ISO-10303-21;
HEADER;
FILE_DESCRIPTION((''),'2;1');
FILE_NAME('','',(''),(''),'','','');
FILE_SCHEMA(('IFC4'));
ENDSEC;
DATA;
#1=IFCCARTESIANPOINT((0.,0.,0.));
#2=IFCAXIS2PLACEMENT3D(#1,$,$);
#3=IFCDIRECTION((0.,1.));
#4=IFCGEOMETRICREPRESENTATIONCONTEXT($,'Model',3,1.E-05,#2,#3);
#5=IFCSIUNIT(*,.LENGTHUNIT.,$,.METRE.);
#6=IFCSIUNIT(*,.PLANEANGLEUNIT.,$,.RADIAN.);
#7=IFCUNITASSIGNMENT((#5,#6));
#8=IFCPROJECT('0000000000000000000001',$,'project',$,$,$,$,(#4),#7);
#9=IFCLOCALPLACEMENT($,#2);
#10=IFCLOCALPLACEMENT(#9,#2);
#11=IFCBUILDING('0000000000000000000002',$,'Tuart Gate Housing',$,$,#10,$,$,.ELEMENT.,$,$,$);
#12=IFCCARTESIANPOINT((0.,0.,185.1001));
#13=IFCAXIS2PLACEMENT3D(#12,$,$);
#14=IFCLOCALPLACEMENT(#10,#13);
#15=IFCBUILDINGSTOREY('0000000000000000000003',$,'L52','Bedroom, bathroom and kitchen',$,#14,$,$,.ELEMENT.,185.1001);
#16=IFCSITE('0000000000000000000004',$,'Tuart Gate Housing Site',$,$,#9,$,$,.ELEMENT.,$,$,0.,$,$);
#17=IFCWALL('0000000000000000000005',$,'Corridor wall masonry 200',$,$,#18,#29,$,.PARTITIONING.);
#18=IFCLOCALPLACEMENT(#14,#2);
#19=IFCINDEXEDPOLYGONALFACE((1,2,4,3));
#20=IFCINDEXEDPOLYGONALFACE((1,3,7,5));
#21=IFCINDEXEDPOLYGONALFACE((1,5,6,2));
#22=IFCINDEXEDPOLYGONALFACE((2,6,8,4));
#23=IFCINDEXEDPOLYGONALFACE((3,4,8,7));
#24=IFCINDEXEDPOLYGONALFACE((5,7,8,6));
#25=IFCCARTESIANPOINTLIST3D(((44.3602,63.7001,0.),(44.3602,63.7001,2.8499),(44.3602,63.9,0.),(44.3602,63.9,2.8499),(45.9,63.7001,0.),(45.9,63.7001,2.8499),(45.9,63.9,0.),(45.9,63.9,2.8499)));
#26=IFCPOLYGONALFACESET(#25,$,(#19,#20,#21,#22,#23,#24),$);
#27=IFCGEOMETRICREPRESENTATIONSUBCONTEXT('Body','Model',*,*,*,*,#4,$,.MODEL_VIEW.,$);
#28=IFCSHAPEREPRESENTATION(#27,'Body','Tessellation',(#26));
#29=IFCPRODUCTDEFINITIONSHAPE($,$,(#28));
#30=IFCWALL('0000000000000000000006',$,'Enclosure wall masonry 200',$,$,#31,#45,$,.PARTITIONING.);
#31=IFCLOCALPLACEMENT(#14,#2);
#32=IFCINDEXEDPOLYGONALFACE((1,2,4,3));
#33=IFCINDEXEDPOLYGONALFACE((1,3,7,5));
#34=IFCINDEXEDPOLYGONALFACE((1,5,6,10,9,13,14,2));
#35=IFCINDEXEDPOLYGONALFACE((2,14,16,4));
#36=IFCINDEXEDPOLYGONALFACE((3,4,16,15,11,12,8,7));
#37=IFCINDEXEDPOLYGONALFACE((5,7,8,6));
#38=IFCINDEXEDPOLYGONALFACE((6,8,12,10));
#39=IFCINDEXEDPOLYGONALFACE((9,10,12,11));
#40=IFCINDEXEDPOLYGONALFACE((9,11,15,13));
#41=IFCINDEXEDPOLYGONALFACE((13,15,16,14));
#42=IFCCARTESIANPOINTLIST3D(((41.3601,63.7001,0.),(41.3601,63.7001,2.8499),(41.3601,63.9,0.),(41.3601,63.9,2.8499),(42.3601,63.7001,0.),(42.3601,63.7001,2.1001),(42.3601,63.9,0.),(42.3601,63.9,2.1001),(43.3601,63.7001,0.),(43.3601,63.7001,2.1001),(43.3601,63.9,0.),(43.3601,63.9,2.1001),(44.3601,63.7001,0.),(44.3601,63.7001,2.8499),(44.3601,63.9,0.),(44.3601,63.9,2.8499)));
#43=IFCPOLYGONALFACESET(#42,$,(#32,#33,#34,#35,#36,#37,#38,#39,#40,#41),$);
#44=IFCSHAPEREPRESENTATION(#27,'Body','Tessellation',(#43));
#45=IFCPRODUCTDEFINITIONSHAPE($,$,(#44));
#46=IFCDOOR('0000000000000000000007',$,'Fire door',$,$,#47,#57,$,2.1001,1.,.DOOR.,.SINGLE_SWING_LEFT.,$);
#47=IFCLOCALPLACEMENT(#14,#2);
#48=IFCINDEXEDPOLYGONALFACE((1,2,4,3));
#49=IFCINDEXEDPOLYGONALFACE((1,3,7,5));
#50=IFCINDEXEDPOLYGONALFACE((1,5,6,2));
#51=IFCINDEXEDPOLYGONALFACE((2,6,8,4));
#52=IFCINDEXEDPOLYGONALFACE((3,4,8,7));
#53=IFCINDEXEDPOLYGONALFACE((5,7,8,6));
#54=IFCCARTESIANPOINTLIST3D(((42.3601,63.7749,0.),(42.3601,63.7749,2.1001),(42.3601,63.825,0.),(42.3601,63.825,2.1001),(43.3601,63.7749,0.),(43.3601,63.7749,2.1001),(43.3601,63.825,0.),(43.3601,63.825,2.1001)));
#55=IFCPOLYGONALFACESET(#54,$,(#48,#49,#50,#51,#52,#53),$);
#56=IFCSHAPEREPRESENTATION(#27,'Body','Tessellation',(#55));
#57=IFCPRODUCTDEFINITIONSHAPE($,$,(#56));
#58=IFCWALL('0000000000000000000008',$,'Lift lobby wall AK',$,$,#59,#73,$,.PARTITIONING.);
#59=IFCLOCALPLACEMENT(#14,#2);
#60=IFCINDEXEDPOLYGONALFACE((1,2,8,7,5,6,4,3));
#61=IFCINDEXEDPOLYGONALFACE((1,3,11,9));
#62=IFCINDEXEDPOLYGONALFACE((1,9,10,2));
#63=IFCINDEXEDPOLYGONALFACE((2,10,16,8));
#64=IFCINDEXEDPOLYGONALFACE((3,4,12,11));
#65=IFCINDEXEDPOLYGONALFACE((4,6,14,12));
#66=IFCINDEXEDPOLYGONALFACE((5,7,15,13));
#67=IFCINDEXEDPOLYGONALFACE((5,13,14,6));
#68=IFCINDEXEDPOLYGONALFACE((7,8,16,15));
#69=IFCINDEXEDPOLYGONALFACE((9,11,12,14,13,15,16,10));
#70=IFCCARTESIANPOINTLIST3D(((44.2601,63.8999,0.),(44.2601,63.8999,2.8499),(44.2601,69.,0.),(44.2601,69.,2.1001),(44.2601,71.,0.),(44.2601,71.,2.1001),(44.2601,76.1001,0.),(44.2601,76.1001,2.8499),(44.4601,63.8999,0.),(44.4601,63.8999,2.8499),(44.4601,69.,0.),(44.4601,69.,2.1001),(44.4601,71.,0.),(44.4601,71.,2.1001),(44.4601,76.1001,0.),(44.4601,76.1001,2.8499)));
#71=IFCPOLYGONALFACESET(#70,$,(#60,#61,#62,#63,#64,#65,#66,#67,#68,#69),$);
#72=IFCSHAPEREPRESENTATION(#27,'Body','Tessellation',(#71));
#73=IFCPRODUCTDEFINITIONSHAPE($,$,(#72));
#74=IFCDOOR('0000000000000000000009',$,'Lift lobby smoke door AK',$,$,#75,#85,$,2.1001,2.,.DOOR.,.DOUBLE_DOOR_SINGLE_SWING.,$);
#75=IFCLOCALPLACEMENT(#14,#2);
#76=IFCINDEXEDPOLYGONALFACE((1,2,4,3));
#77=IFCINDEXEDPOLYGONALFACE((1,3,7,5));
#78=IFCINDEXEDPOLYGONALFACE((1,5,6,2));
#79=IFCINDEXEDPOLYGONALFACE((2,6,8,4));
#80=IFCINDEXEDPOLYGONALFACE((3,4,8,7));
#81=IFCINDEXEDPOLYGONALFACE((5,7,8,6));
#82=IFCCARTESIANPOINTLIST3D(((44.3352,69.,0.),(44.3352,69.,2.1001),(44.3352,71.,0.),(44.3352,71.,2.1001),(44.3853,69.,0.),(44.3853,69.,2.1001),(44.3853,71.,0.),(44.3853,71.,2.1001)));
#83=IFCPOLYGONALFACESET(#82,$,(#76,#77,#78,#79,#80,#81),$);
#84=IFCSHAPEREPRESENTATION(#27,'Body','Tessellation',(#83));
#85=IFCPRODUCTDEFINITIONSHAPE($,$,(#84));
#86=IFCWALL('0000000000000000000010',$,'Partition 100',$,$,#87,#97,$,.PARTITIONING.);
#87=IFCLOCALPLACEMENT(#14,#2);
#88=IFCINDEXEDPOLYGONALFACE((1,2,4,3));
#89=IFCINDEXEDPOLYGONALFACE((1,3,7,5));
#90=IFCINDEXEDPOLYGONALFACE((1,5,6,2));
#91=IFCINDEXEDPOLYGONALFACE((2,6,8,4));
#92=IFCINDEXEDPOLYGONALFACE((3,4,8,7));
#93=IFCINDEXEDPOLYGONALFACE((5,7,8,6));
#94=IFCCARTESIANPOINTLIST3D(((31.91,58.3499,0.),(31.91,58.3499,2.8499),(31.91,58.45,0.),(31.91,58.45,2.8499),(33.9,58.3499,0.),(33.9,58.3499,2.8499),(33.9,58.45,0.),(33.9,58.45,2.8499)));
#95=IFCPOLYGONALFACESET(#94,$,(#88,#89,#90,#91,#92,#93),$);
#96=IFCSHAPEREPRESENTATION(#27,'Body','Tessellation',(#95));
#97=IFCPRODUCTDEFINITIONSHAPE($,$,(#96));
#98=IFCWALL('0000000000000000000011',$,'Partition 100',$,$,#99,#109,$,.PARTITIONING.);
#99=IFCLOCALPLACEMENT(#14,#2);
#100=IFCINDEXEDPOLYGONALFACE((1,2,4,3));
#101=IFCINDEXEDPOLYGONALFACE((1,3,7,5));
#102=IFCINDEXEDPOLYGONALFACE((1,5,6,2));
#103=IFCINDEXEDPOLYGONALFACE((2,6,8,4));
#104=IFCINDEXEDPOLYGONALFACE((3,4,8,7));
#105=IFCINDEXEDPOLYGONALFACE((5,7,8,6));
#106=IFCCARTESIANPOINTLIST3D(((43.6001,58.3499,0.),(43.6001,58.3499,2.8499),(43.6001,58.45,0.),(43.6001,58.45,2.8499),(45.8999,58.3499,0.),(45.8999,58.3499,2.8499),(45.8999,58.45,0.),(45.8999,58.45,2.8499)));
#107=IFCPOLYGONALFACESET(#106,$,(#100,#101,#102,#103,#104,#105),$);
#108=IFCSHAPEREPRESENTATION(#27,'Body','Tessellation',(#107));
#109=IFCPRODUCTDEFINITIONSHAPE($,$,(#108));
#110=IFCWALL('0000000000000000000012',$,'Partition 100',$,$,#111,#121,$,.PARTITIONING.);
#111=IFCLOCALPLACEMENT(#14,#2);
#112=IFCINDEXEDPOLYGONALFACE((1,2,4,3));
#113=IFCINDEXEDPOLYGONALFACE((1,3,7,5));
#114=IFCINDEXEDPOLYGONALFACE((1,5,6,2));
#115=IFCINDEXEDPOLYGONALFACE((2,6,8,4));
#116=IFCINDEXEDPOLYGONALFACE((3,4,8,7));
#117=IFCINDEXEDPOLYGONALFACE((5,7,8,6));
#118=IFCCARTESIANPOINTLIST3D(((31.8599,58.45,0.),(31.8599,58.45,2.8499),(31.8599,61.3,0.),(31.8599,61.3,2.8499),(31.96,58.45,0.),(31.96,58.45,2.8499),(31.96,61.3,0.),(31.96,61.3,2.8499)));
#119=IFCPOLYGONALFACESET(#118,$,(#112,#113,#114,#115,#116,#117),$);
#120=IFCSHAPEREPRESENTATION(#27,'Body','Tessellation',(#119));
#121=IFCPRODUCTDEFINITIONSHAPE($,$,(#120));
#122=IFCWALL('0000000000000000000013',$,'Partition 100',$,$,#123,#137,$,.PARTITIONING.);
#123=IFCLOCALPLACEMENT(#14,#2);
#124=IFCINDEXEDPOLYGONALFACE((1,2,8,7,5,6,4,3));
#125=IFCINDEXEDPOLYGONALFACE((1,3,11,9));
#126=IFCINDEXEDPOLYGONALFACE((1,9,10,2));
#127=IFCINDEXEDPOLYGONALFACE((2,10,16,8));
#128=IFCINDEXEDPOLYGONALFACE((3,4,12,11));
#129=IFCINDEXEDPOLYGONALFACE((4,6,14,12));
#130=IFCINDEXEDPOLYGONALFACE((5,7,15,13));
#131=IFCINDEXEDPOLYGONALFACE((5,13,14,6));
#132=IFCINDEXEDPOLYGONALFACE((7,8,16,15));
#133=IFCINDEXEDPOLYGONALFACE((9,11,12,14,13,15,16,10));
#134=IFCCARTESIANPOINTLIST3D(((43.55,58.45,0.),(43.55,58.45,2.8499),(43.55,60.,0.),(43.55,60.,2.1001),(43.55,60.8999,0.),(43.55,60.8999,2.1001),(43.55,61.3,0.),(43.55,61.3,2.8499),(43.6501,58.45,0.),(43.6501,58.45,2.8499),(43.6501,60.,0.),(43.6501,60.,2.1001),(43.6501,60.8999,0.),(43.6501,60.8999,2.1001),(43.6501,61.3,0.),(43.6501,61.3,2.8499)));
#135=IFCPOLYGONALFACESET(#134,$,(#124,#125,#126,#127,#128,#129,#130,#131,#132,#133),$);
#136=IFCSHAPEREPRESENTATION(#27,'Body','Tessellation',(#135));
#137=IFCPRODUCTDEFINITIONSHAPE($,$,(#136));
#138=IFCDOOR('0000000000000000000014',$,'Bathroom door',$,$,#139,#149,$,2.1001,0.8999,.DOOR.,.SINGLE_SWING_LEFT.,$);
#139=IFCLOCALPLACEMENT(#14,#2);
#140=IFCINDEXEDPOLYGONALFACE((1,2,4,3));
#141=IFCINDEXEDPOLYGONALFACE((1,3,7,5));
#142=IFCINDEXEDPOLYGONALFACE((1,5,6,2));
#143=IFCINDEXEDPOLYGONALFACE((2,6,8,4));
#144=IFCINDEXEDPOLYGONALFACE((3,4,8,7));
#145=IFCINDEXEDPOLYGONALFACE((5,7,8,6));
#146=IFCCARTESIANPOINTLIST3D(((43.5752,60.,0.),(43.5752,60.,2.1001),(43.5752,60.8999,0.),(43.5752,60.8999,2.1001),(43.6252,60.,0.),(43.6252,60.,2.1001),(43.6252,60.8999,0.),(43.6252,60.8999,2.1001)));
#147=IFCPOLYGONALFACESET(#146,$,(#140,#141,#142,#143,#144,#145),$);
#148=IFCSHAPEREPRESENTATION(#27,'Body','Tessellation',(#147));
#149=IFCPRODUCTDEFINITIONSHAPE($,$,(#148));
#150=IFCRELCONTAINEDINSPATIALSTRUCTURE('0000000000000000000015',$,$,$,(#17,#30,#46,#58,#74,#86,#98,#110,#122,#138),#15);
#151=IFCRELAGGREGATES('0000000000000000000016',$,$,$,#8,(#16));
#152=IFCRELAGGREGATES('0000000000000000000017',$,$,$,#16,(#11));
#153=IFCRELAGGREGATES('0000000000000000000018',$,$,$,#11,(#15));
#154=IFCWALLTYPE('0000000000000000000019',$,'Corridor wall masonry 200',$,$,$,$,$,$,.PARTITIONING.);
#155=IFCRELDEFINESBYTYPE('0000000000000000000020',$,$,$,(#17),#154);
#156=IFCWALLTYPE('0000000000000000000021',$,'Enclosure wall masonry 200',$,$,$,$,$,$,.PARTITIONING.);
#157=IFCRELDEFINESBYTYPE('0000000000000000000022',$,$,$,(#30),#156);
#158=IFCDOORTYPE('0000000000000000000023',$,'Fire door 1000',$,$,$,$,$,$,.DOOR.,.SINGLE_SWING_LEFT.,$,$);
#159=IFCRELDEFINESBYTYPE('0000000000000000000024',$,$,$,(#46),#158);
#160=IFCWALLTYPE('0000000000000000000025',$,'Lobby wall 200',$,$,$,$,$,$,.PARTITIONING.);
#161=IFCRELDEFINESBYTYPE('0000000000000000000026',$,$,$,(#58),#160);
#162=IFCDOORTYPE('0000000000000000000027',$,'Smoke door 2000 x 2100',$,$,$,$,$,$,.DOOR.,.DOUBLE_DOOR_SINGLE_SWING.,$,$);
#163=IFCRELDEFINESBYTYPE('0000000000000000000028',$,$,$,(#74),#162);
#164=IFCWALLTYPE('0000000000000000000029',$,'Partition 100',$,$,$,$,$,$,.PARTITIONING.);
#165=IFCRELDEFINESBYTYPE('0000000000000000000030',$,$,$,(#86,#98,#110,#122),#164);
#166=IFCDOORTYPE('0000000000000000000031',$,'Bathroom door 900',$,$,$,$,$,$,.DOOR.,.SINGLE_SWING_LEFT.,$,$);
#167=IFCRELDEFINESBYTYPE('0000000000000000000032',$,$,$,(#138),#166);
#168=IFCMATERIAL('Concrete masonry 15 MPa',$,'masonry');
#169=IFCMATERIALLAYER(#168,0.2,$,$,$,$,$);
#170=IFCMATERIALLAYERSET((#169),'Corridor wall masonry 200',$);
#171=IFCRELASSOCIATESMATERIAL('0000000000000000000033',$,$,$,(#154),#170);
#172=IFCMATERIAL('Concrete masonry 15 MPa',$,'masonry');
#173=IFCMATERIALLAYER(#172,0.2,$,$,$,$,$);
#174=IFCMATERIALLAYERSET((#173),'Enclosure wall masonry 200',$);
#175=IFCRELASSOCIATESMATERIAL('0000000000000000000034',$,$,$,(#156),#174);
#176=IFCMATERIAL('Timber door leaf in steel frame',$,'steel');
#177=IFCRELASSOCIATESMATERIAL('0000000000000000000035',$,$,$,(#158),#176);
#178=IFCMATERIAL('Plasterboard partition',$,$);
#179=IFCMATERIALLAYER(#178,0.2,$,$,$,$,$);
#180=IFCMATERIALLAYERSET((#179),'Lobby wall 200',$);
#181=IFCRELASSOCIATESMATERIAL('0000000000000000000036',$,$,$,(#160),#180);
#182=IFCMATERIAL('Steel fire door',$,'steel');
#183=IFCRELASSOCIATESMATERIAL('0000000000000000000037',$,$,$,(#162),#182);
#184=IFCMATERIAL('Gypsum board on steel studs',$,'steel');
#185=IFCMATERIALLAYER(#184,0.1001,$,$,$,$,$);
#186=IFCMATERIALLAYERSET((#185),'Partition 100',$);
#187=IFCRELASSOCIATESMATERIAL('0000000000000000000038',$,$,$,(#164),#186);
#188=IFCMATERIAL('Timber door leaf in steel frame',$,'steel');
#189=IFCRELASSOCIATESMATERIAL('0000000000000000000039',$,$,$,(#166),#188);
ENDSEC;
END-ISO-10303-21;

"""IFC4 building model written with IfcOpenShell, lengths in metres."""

from ifc_helpers import new_model, si_unit, direction, frame, frame_2d, origin, place, context, subcontext, project, spatial, rectangle, extrude, material, layer, layer_set, type_object, element, fill, save


model = new_model("IFC4")

# Units and contexts
model_context = context("Model", 3, precision=1e-05, world=origin(), true_north=direction((0.0, 1.0)))
body_context = subcontext(model_context, "Body", "Model", "MODEL_VIEW")
ifc_project = project(units=[si_unit("LENGTHUNIT", "METRE"), si_unit("PLANEANGLEUNIT", "RADIAN")], contexts=[model_context])

# Site, building, storey
site_placement = place(None, origin())
site = spatial("IfcSite", under=ifc_project, at=site_placement, Name="Tuart Gate Housing Site", CompositionType="ELEMENT", RefElevation=0.0)
building_placement = place(site_placement, origin())
building = spatial("IfcBuilding", under=site, at=building_placement, Name="Tuart Gate Housing", CompositionType="ELEMENT")
storey_placement = place(building_placement, frame((0.0, 0.0, 185.1001)))
storey = spatial("IfcBuildingStorey", under=building, at=storey_placement, Name="L52", Description="Bedroom, bathroom and kitchen", CompositionType="ELEMENT", Elevation=185.1001)

# Shared definitions
ifc_material_1 = material(Name="Concrete masonry 15 MPa", Category="masonry")
ifc_layer_1 = layer(ifc_material_1, 0.2)
ifc_layer_set_1 = layer_set([ifc_layer_1], Name="Corridor wall masonry 200")
wall_type_1 = type_object("IfcWallType", Name="Corridor wall masonry 200", PredefinedType="PARTITIONING", material=ifc_layer_set_1)

# Wall
wall_1_placement = place(storey_placement, frame((44.3601, 63.8, 0.0), z_axis=(0.0, 0.0, 1.0), x_axis=(1.0, 0.0, 0.0)))
element("IfcWall", 1, at=wall_1_placement, inside=storey, type_object=wall_type_1, Name="Corridor wall masonry 200", PredefinedType="PARTITIONING", context=body_context, shape_type="SweptSolid", body=[
    extrude(rectangle(XDim=1.5398, YDim=0.2, at=frame_2d((0.77, 0.0))), origin(), (0.0, 0.0, 1.0), 2.8499),
])

# Walls, openings, doors
ifc_material_2 = material(Name="Concrete masonry 15 MPa", Category="masonry")
ifc_layer_2 = layer(ifc_material_2, 0.2)
ifc_layer_set_2 = layer_set([ifc_layer_2], Name="Enclosure wall masonry 200")
wall_type_2 = type_object("IfcWallType", Name="Enclosure wall masonry 200", PredefinedType="PARTITIONING", material=ifc_layer_set_2)
wall_2_placement = place(storey_placement, frame((41.3601, 63.8, 0.0), z_axis=(0.0, 0.0, 1.0), x_axis=(1.0, 0.0, 0.0)))
wall_2 = element("IfcWall", 2, at=wall_2_placement, inside=storey, type_object=wall_type_2, Name="Enclosure wall masonry 200", PredefinedType="PARTITIONING", context=body_context, shape_type="SweptSolid", body=[
    extrude(rectangle(XDim=3.0, YDim=0.2, at=frame_2d((1.5, 0.0))), origin(), (0.0, 0.0, 1.0), 2.8499),
])
opening_1_placement = place(wall_2_placement, frame((1.0, 0.0, 0.0)))
opening_1 = element("IfcOpeningElement", 3, at=opening_1_placement, cuts=wall_2, PredefinedType="OPENING", context=body_context, shape_type="SweptSolid", body=[
    extrude(rectangle(XDim=1.0, YDim=2.1001, at=frame_2d((0.5, 1.05))), frame((0.0, 0.1099, 0.0), z_axis=(0.0, -1.0, 0.0), x_axis=(1.0, 0.0, 0.0)), (0.0, 0.0, 1.0), 0.22),
])
ifc_material_3 = material(Name="Timber door leaf in steel frame", Category="steel")
door_type_1 = type_object("IfcDoorType", Name="Fire door 1000", OperationType="SINGLE_SWING_LEFT", PredefinedType="DOOR", material=ifc_material_3)
door_1_placement = place(opening_1_placement, frame((1.0, 0.0, 0.0), z_axis=(0.0, 0.0, 1.0), x_axis=(-1.0, 0.0, 0.0)))
door_1 = element("IfcDoor", 4, at=door_1_placement, inside=storey, type_object=door_type_1, Name="Fire door", OperationType="SINGLE_SWING_LEFT", OverallHeight=2.1001, OverallWidth=1.0, PredefinedType="DOOR", context=body_context, shape_type="SweptSolid", body=[
    extrude(rectangle(XDim=1.0, YDim=2.1001, at=frame_2d((0.5, 1.05))), frame((0.0, 0.0251, 0.0), z_axis=(0.0, -1.0, 0.0), x_axis=(1.0, 0.0, 0.0)), (0.0, 0.0, 1.0), 0.05),
])
fill(opening_1, door_1)
ifc_material_4 = material(Name="Plasterboard partition")
ifc_layer_3 = layer(ifc_material_4, 0.2)
ifc_layer_set_3 = layer_set([ifc_layer_3], Name="Lobby wall 200")
wall_type_3 = type_object("IfcWallType", Name="Lobby wall 200", PredefinedType="PARTITIONING", material=ifc_layer_set_3)
wall_3_placement = place(storey_placement, frame((44.3601, 63.8999, 0.0), z_axis=(0.0, 0.0, 1.0), x_axis=(0.0, 1.0, 0.0)))
wall_3 = element("IfcWall", 5, at=wall_3_placement, inside=storey, type_object=wall_type_3, Name="Lift lobby wall AK", PredefinedType="PARTITIONING", context=body_context, shape_type="SweptSolid", body=[
    extrude(rectangle(XDim=12.2002, YDim=0.2, at=frame_2d((6.1001, 0.0))), origin(), (0.0, 0.0, 1.0), 2.8499),
])
opening_2_placement = place(wall_3_placement, frame((5.1001, 0.0, 0.0)))
opening_2 = element("IfcOpeningElement", 6, at=opening_2_placement, cuts=wall_3, PredefinedType="OPENING", context=body_context, shape_type="SweptSolid", body=[
    extrude(rectangle(XDim=2.0, YDim=2.1001, at=frame_2d((1.0, 1.05))), frame((0.0, 0.1099, 0.0), z_axis=(0.0, -1.0, 0.0), x_axis=(1.0, 0.0, 0.0)), (0.0, 0.0, 1.0), 0.22),
])
ifc_material_5 = material(Name="Steel fire door", Category="steel")
door_type_2 = type_object("IfcDoorType", Name="Smoke door 2000 x 2100", OperationType="DOUBLE_DOOR_SINGLE_SWING", PredefinedType="DOOR", material=ifc_material_5)
door_2_placement = place(opening_2_placement, origin())
door_2 = element("IfcDoor", 7, at=door_2_placement, inside=storey, type_object=door_type_2, Name="Lift lobby smoke door AK", OperationType="DOUBLE_DOOR_SINGLE_SWING", OverallHeight=2.1001, OverallWidth=2.0, PredefinedType="DOOR", context=body_context, shape_type="SweptSolid", body=[
    extrude(rectangle(XDim=2.0, YDim=2.1001, at=frame_2d((1.0, 1.05))), frame((0.0, 0.0249, 0.0), z_axis=(0.0, -1.0, 0.0), x_axis=(1.0, 0.0, 0.0)), (0.0, 0.0, 1.0), 0.05),
])
fill(opening_2, door_2)

# Walls
ifc_material_6 = material(Name="Gypsum board on steel studs", Category="steel")
ifc_layer_4 = layer(ifc_material_6, 0.1001)
ifc_layer_set_4 = layer_set([ifc_layer_4], Name="Partition 100")
wall_type_4 = type_object("IfcWallType", Name="Partition 100", PredefinedType="PARTITIONING", material=ifc_layer_set_4)
wall_4_placement = place(storey_placement, frame((31.9099, 58.3999, 0.0), z_axis=(0.0, 0.0, 1.0), x_axis=(1.0, 0.0, 0.0)))
element("IfcWall", 8, at=wall_4_placement, inside=storey, type_object=wall_type_4, Name="Partition 100", PredefinedType="PARTITIONING", context=body_context, shape_type="SweptSolid", body=[
    extrude(rectangle(XDim=1.99, YDim=0.1001, at=frame_2d((0.9951, 0.0))), origin(), (0.0, 0.0, 1.0), 2.8499),
])
wall_5_placement = place(storey_placement, frame((43.6001, 58.3999, 0.0), z_axis=(0.0, 0.0, 1.0), x_axis=(1.0, 0.0, 0.0)))
element("IfcWall", 9, at=wall_5_placement, inside=storey, type_object=wall_type_4, Name="Partition 100", PredefinedType="PARTITIONING", context=body_context, shape_type="SweptSolid", body=[
    extrude(rectangle(XDim=2.2998, YDim=0.1001, at=frame_2d((1.1499, 0.0))), origin(), (0.0, 0.0, 1.0), 2.8499),
])
wall_6_placement = place(storey_placement, frame((31.9099, 58.45, 0.0), z_axis=(0.0, 0.0, 1.0), x_axis=(0.0, 1.0, 0.0)))
element("IfcWall", 10, at=wall_6_placement, inside=storey, type_object=wall_type_4, Name="Partition 100", PredefinedType="PARTITIONING", context=body_context, shape_type="SweptSolid", body=[
    extrude(rectangle(XDim=2.8501, YDim=0.1001, at=frame_2d((1.425, 0.0))), origin(), (0.0, 0.0, 1.0), 2.8499),
])

# Wall, opening, door
wall_7_placement = place(storey_placement, frame((43.6001, 58.45, 0.0), z_axis=(0.0, 0.0, 1.0), x_axis=(0.0, 1.0, 0.0)))
wall_7 = element("IfcWall", 11, at=wall_7_placement, inside=storey, type_object=wall_type_4, Name="Partition 100", PredefinedType="PARTITIONING", context=body_context, shape_type="SweptSolid", body=[
    extrude(rectangle(XDim=2.8501, YDim=0.1001, at=frame_2d((1.425, 0.0))), origin(), (0.0, 0.0, 1.0), 2.8499),
])
opening_3_placement = place(wall_7_placement, frame((1.55, 0.0, 0.0)))
opening_3 = element("IfcOpeningElement", 12, at=opening_3_placement, cuts=wall_7, PredefinedType="OPENING", context=body_context, shape_type="SweptSolid", body=[
    extrude(rectangle(XDim=0.8999, YDim=2.1001, at=frame_2d((0.45, 1.05))), frame((0.0, 0.0601, 0.0), z_axis=(0.0, -1.0, 0.0), x_axis=(1.0, 0.0, 0.0)), (0.0, 0.0, 1.0), 0.1201),
])
ifc_material_7 = material(Name="Timber door leaf in steel frame", Category="steel")
door_type_3 = type_object("IfcDoorType", Name="Bathroom door 900", OperationType="SINGLE_SWING_LEFT", PredefinedType="DOOR", material=ifc_material_7)
door_3_placement = place(opening_3_placement, frame((0.8999, 0.0, 0.0), z_axis=(0.0, 0.0, 1.0), x_axis=(-1.0, 0.0, 0.0)))
door_3 = element("IfcDoor", 13, at=door_3_placement, inside=storey, type_object=door_type_3, Name="Bathroom door", OperationType="SINGLE_SWING_LEFT", OverallHeight=2.1001, OverallWidth=0.8999, PredefinedType="DOOR", context=body_context, shape_type="SweptSolid", body=[
    extrude(rectangle(XDim=0.8999, YDim=2.1001, at=frame_2d((0.45, 1.05))), frame((0.0, 0.0251, 0.0), z_axis=(0.0, -1.0, 0.0), x_axis=(1.0, 0.0, 0.0)), (0.0, 0.0, 1.0), 0.05),
])
fill(opening_3, door_3)

save(model, "model.ifc")
